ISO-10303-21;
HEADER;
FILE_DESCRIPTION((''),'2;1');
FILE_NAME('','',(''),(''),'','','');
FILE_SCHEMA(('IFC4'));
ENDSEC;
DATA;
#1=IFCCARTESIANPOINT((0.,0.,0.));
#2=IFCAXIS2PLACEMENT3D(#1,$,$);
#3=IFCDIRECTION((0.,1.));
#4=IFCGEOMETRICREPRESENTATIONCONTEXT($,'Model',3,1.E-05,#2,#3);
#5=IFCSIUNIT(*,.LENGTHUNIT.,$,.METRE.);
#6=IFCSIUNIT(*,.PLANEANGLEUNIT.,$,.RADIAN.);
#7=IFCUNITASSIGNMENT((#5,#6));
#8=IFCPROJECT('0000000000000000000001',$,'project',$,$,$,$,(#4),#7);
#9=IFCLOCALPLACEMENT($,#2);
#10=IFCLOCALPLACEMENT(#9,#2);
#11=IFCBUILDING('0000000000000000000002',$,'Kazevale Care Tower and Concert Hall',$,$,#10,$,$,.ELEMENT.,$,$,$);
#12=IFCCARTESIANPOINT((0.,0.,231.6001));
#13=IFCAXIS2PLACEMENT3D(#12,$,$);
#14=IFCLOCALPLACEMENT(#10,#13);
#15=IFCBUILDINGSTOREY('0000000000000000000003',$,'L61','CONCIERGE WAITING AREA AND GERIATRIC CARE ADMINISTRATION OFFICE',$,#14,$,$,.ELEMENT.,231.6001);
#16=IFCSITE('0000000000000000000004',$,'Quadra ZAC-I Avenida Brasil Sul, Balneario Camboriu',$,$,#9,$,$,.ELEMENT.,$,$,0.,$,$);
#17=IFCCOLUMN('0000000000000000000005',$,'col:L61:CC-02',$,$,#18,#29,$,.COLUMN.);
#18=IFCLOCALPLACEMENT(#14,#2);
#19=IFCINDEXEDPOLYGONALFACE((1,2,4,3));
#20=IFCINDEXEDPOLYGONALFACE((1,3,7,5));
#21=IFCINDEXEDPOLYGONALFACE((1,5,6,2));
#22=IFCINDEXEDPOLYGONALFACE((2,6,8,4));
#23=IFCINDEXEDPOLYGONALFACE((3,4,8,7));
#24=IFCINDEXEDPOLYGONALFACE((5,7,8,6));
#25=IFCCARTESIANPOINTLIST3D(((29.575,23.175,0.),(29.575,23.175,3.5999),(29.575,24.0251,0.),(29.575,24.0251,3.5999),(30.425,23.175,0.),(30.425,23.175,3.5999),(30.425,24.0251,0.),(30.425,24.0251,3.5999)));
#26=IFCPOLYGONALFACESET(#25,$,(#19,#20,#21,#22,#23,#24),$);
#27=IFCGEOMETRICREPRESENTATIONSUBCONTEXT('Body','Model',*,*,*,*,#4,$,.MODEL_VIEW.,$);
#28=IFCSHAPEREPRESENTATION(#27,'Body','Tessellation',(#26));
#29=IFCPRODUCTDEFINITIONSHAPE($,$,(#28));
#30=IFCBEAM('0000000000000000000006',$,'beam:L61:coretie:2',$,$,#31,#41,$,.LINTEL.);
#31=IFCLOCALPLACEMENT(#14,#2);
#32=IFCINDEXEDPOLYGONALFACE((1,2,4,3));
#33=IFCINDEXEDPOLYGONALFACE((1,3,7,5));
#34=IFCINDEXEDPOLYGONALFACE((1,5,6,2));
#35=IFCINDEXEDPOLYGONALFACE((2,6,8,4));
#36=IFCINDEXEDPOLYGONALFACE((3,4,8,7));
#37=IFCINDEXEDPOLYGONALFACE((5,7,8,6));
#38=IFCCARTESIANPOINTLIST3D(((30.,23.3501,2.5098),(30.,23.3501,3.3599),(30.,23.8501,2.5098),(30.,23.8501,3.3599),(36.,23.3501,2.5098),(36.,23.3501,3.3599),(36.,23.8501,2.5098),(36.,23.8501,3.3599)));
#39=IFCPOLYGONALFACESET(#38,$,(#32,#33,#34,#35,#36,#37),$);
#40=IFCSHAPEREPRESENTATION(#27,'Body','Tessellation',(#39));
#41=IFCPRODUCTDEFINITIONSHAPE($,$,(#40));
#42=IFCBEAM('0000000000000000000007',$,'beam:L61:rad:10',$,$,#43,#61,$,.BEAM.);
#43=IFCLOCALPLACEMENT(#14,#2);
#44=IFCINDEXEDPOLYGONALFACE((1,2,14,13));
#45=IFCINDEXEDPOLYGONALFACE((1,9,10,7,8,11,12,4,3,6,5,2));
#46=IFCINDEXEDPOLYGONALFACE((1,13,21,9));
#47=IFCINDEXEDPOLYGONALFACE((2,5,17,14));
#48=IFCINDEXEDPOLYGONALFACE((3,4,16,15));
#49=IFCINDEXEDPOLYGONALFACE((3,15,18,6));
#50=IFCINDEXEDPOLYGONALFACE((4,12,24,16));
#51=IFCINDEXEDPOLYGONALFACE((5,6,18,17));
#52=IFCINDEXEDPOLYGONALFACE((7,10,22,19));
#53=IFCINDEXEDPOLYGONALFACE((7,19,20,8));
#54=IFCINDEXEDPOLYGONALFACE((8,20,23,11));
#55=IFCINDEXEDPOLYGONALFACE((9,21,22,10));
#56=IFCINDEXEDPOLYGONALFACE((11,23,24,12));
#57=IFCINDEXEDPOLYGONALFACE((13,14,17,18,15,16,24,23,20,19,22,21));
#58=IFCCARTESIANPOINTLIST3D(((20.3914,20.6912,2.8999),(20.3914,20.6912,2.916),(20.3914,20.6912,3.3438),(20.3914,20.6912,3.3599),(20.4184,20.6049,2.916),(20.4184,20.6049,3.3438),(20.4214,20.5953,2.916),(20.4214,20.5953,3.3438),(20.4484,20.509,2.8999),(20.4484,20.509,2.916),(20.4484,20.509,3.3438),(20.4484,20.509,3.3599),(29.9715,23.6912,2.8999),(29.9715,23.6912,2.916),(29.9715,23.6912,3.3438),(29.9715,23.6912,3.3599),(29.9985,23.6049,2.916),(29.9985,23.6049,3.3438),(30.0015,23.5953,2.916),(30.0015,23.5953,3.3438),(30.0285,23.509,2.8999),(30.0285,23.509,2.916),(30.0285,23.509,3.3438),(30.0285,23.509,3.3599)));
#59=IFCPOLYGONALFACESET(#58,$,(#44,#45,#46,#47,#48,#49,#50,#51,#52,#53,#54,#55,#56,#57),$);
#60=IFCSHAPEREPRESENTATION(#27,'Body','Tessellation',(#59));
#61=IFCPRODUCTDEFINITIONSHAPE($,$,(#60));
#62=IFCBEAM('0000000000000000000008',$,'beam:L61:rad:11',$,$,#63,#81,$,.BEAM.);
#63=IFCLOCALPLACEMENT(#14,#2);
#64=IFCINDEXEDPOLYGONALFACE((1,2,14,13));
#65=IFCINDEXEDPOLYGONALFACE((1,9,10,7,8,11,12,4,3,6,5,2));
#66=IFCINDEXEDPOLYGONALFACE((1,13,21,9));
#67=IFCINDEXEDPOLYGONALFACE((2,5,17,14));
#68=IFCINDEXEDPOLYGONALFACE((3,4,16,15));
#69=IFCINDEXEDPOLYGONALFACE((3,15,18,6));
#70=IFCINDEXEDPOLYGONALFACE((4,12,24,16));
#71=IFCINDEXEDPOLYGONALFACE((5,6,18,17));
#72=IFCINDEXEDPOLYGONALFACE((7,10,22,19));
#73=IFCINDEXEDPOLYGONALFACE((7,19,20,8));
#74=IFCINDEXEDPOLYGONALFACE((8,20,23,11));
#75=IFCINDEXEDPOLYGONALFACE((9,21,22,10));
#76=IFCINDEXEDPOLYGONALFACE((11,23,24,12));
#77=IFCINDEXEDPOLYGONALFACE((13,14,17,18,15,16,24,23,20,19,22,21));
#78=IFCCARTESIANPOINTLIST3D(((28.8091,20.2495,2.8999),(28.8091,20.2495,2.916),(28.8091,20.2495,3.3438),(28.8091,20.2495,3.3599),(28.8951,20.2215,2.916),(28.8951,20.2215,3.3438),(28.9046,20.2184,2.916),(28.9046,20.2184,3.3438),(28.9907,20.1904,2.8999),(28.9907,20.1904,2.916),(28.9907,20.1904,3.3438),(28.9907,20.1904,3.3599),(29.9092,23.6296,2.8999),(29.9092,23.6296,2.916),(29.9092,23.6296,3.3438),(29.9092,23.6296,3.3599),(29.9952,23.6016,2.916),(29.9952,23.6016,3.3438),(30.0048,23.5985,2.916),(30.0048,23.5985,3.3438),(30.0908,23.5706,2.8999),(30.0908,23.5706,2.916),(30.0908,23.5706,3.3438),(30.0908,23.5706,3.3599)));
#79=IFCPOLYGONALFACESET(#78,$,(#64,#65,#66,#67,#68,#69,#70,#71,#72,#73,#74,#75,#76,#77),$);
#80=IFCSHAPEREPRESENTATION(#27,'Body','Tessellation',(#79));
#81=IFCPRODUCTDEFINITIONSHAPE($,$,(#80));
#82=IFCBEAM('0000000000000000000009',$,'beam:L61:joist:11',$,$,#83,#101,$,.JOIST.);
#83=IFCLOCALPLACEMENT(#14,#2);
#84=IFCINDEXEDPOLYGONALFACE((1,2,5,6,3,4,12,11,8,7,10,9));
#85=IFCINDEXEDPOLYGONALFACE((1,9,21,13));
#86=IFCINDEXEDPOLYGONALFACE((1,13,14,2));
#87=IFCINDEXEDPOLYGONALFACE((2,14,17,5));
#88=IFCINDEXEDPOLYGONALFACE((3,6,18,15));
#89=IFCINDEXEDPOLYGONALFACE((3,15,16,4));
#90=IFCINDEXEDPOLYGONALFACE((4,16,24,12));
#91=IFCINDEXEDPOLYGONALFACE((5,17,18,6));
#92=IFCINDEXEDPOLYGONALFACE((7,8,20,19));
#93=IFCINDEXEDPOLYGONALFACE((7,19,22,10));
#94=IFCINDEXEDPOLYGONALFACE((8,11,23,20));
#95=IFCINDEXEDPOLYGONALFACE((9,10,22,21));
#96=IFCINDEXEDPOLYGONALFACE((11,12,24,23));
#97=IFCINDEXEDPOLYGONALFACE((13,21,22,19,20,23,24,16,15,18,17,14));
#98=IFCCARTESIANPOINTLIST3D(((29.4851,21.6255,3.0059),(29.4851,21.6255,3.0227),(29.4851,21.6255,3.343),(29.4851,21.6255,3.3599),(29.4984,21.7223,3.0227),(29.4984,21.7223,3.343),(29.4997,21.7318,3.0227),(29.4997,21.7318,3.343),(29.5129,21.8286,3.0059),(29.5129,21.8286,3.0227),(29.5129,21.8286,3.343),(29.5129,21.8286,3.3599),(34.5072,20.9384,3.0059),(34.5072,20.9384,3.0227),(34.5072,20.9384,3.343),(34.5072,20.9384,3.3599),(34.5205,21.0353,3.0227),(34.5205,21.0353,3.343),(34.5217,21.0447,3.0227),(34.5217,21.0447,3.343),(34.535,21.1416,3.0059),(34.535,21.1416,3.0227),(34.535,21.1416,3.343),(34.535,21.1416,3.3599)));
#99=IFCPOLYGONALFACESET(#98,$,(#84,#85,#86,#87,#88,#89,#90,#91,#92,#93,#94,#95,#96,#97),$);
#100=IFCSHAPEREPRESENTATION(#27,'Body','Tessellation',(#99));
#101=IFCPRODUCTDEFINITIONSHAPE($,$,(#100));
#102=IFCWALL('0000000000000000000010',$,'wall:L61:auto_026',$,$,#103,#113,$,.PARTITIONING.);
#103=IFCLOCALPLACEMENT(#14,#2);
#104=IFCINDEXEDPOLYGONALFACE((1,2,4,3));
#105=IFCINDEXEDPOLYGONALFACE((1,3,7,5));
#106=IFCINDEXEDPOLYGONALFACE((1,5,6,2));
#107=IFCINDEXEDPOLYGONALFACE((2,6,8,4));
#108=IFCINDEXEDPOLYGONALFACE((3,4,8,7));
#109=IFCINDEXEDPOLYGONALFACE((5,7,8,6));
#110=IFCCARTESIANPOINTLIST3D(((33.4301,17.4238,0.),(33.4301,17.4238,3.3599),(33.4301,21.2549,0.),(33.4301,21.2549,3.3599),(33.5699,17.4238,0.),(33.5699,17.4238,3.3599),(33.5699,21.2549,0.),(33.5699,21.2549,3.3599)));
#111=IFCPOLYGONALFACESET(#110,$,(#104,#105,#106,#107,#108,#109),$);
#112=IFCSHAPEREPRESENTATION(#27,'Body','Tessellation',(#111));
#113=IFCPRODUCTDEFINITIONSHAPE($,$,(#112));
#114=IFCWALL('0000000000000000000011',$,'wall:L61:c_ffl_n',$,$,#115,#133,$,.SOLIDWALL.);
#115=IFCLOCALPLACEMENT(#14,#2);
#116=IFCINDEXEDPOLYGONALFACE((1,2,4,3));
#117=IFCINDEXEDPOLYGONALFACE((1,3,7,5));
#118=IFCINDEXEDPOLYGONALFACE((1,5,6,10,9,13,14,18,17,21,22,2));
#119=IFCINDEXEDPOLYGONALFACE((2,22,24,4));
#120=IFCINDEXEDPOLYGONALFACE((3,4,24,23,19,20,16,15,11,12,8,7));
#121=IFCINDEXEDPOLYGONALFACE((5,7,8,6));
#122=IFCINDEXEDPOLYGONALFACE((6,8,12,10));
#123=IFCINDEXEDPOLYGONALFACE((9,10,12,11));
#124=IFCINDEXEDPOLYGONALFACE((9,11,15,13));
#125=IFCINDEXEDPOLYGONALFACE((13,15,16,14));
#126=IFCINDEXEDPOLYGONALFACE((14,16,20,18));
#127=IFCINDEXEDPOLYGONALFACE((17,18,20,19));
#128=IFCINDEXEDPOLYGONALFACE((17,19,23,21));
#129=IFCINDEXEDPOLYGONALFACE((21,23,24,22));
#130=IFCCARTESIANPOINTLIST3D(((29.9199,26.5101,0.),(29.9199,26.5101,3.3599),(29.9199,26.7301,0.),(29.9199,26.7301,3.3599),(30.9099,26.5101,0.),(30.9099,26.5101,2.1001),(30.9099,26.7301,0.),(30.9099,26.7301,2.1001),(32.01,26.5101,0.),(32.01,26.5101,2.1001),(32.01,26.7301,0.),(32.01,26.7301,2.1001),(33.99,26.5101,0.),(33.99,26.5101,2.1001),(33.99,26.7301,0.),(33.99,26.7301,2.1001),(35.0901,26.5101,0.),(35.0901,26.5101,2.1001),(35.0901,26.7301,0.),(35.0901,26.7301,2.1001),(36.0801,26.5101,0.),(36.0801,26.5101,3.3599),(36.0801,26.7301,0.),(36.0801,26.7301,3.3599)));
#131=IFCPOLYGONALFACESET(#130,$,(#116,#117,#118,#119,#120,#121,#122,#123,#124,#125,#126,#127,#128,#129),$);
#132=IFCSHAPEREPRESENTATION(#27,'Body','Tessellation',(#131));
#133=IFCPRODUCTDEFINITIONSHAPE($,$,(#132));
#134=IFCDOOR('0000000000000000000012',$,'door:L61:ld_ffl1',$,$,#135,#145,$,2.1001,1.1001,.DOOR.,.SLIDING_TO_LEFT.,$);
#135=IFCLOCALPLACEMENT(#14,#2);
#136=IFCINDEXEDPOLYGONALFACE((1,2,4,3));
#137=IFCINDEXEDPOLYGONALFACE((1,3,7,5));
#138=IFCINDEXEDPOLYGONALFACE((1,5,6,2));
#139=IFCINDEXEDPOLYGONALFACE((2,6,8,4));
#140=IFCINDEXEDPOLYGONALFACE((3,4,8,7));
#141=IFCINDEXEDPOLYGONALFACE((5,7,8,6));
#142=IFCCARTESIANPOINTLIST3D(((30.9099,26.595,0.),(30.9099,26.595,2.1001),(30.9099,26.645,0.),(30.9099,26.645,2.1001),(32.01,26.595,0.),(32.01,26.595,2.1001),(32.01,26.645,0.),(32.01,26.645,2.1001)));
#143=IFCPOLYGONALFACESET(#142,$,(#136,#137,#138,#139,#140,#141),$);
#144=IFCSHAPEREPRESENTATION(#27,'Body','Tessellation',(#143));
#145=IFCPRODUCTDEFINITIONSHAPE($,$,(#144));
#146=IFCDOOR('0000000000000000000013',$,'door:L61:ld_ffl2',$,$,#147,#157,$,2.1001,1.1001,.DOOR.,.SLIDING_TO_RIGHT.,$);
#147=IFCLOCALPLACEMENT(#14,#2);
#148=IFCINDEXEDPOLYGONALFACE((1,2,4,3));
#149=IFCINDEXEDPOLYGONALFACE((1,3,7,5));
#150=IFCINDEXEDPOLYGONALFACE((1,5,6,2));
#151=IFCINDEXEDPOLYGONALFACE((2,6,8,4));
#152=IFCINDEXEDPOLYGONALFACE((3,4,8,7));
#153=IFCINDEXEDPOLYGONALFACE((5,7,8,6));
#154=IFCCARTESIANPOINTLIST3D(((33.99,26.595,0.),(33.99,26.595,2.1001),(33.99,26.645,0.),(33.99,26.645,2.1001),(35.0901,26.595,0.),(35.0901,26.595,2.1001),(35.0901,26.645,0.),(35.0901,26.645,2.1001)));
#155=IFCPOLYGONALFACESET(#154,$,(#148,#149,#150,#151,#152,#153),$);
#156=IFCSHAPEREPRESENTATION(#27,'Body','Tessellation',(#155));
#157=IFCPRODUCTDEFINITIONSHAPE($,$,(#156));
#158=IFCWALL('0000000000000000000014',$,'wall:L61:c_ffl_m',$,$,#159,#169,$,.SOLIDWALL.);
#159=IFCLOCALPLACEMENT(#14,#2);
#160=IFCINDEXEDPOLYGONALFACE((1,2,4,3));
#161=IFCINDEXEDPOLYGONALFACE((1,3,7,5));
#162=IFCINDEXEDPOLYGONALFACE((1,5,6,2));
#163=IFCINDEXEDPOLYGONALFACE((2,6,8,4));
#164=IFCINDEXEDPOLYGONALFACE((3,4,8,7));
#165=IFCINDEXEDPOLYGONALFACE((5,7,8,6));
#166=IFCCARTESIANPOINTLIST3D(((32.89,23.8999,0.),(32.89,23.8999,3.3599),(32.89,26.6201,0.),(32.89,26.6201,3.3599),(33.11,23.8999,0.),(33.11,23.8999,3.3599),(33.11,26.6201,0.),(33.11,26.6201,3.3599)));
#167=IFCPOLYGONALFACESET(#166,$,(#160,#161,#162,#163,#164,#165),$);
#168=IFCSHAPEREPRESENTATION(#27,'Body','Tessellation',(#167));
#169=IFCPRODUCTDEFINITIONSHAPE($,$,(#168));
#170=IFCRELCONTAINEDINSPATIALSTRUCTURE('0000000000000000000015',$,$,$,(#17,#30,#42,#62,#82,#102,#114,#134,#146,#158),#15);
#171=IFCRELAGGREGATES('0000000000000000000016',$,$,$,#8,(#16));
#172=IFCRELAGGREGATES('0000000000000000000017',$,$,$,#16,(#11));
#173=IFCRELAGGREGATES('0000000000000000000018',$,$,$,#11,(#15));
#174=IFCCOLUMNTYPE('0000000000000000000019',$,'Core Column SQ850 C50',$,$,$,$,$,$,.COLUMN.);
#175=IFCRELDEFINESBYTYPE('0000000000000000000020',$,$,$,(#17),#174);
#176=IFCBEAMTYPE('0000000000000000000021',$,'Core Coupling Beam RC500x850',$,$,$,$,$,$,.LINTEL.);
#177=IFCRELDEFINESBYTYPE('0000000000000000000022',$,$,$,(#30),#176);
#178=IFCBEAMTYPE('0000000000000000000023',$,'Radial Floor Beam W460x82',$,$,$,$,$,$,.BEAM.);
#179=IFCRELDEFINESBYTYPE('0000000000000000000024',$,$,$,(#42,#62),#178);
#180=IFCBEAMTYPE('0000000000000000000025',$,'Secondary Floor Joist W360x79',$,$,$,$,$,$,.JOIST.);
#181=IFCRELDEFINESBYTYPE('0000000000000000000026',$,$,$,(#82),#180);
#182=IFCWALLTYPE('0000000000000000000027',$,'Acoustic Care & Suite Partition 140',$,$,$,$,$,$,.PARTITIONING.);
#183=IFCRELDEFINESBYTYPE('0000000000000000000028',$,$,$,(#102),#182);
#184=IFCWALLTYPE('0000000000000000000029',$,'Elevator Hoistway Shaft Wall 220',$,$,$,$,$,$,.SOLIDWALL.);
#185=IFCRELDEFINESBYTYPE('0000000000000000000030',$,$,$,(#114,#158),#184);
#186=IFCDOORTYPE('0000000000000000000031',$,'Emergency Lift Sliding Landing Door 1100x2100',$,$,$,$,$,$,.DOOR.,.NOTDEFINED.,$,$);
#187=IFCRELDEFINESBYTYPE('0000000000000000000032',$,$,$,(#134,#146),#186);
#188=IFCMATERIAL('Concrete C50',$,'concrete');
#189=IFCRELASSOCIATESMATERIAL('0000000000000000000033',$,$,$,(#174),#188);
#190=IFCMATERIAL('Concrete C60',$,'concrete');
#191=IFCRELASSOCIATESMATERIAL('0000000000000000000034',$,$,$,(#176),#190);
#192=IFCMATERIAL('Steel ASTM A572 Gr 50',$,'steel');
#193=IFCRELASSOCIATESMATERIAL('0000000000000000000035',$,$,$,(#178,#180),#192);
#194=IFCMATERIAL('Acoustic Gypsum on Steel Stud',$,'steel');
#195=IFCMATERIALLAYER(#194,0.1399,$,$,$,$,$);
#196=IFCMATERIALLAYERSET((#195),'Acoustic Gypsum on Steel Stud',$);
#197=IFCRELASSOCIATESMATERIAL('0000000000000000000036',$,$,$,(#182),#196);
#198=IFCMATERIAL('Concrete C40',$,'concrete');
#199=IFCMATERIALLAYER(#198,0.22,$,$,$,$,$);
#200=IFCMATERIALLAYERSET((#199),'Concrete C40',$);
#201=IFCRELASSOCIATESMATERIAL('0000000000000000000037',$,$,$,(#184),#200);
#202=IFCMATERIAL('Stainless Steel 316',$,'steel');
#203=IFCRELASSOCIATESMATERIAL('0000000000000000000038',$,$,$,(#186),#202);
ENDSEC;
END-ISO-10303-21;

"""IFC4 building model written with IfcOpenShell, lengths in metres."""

from ifc_helpers import new_model, si_unit, direction, frame, frame_2d, origin, origin_2d, place, context, subcontext, project, spatial, rectangle, i_section, extrude, material, layer, layer_set, material_profile, profile_set, type_object, element, fill, save


model = new_model("IFC4")

# Units and contexts
model_context = context("Model", 3, precision=1e-05, world=origin(), true_north=direction((0.0, 1.0)))
body_context = subcontext(model_context, "Body", "Model", "MODEL_VIEW")
ifc_project = project(units=[si_unit("LENGTHUNIT", "METRE"), si_unit("PLANEANGLEUNIT", "RADIAN")], contexts=[model_context])

# Site, building, storey
site_placement = place(None, origin())
site = spatial("IfcSite", under=ifc_project, at=site_placement, Name="Quadra ZAC-I Avenida Brasil Sul, Balneario Camboriu", CompositionType="ELEMENT", RefElevation=0.0)
building_placement = place(site_placement, origin())
building = spatial("IfcBuilding", under=site, at=building_placement, Name="Kazevale Care Tower and Concert Hall", CompositionType="ELEMENT")
storey_placement = place(building_placement, frame((0.0, 0.0, 231.6001)))
storey = spatial("IfcBuildingStorey", under=building, at=storey_placement, Name="L61", Description="CONCIERGE WAITING AREA AND GERIATRIC CARE ADMINISTRATION OFFICE", CompositionType="ELEMENT", Elevation=231.6001)

# Column
ifc_material_1 = material(Name="Concrete C50", Category="concrete")
ifc_material_profile_1 = material_profile(ifc_material_1, rectangle(XDim=0.8501, YDim=0.8501, at=origin_2d()), Name="RC-SQ850")
ifc_profile_set_1 = profile_set([ifc_material_profile_1], Name="Concrete C50")
column_type = type_object("IfcColumnType", Name="Core Column SQ850 C50", PredefinedType="COLUMN", material=ifc_profile_set_1)
column_placement = place(storey_placement, frame((30.0, 23.6001, 0.0), z_axis=(0.0, 0.0, 1.0), x_axis=(1.0, 0.0, 0.0)))
element("IfcColumn", 1, at=column_placement, inside=storey, type_object=column_type, Name="col:L61:CC-02", PredefinedType="COLUMN", context=body_context, shape_type="SweptSolid", body=[
    extrude(rectangle(XDim=0.8501, YDim=0.8501, at=origin_2d()), origin(), (0.0, 0.0, 1.0), 3.5999),
])

# Beams
ifc_material_2 = material(Name="Concrete C60", Category="concrete")
ifc_material_profile_2 = material_profile(ifc_material_2, rectangle(XDim=0.5, YDim=0.8501, at=origin_2d()), Name="RC-B500x850")
ifc_profile_set_2 = profile_set([ifc_material_profile_2], Name="Concrete C60")
beam_type_1 = type_object("IfcBeamType", Name="Core Coupling Beam RC500x850", PredefinedType="LINTEL", material=ifc_profile_set_2)
beam_1_placement = place(storey_placement, frame((30.0, 23.6001, 2.9348), z_axis=(1.0, 0.0, 0.0), x_axis=(0.0, 1.0, 0.0)))
element("IfcBeam", 2, at=beam_1_placement, inside=storey, type_object=beam_type_1, Name="beam:L61:coretie:2", PredefinedType="LINTEL", context=body_context, shape_type="SweptSolid", body=[
    extrude(rectangle(XDim=0.5, YDim=0.8501, at=origin_2d()), origin(), (0.0, 0.0, 1.0), 6.0),
])
ifc_material_3 = material(Name="Steel ASTM A572 Gr 50", Category="steel")
ifc_material_profile_3 = material_profile(ifc_material_3, i_section(OverallWidth=0.1909, OverallDepth=0.46, WebThickness=0.01, FlangeThickness=0.0161, at=origin_2d()), Name="W460x82")
ifc_profile_set_3 = profile_set([ifc_material_profile_3], Name="Steel ASTM A572 Gr 50")
beam_type_2 = type_object("IfcBeamType", Name="Radial Floor Beam W460x82", PredefinedType="BEAM", material=ifc_profile_set_3)
beam_2_placement = place(storey_placement, frame((30.0, 23.6001, 3.1299), z_axis=(-0.954303, -0.29884, 0.0), x_axis=(0.29884, -0.954303, 0.0)))
element("IfcBeam", 3, at=beam_2_placement, inside=storey, type_object=beam_type_2, Name="beam:L61:rad:10", PredefinedType="BEAM", context=body_context, shape_type="SweptSolid", body=[
    extrude(i_section(OverallWidth=0.1909, OverallDepth=0.46, WebThickness=0.01, FlangeThickness=0.0161, at=origin_2d()), origin(), (0.0, 0.0, 1.0), 10.0388),
])
beam_3_placement = place(storey_placement, frame((30.0, 23.6001, 3.1299), z_axis=(-0.309482, -0.950905, 0.0), x_axis=(0.950905, -0.309482, 0.0)))
element("IfcBeam", 4, at=beam_3_placement, inside=storey, type_object=beam_type_2, Name="beam:L61:rad:11", PredefinedType="BEAM", context=body_context, shape_type="SweptSolid", body=[
    extrude(i_section(OverallWidth=0.1909, OverallDepth=0.46, WebThickness=0.01, FlangeThickness=0.0161, at=origin_2d()), origin(), (0.0, 0.0, 1.0), 3.5547),
])
ifc_material_profile_4 = material_profile(ifc_material_3, i_section(OverallWidth=0.2051, OverallDepth=0.354, WebThickness=0.0095, FlangeThickness=0.0168, at=origin_2d()), Name="W360x79")
ifc_profile_set_4 = profile_set([ifc_material_profile_4], Name="Steel ASTM A572 Gr 50")
beam_type_3 = type_object("IfcBeamType", Name="Secondary Floor Joist W360x79", PredefinedType="JOIST", material=ifc_profile_set_4)
beam_4_placement = place(storey_placement, frame((29.499, 21.7271, 3.1829), z_axis=(0.990772, -0.135539, 0.0), x_axis=(0.135539, 0.990772, 0.0)))
element("IfcBeam", 5, at=beam_4_placement, inside=storey, type_object=beam_type_3, Name="beam:L61:joist:11", PredefinedType="JOIST", context=body_context, shape_type="SweptSolid", body=[
    extrude(i_section(OverallWidth=0.2051, OverallDepth=0.354, WebThickness=0.0095, FlangeThickness=0.0168, at=origin_2d()), origin(), (0.0, 0.0, 1.0), 5.0688),
])

# Wall
ifc_material_4 = material(Name="Acoustic Gypsum on Steel Stud", Category="steel")
ifc_layer_1 = layer(ifc_material_4, 0.1399)
ifc_layer_set_1 = layer_set([ifc_layer_1], Name="Acoustic Gypsum on Steel Stud")
wall_type_1 = type_object("IfcWallType", Name="Acoustic Care & Suite Partition 140", PredefinedType="PARTITIONING", material=ifc_layer_set_1)
wall_1_placement = place(storey_placement, frame((33.5, 21.2549, 0.0), z_axis=(0.0, 0.0, 1.0), x_axis=(0.0, -1.0, 0.0)))
element("IfcWall", 6, at=wall_1_placement, inside=storey, type_object=wall_type_1, Name="wall:L61:auto_026", PredefinedType="PARTITIONING", context=body_context, shape_type="SweptSolid", body=[
    extrude(rectangle(XDim=3.8311, YDim=0.1399, at=frame_2d((1.9155, 0.0))), origin(), (0.0, 0.0, 1.0), 3.3599),
])

# Wall, openings, doors
ifc_material_5 = material(Name="Concrete C40", Category="concrete")
ifc_layer_2 = layer(ifc_material_5, 0.22)
ifc_layer_set_2 = layer_set([ifc_layer_2], Name="Concrete C40")
wall_type_2 = type_object("IfcWallType", Name="Elevator Hoistway Shaft Wall 220", PredefinedType="SOLIDWALL", material=ifc_layer_set_2)
wall_2_placement = place(storey_placement, frame((29.9199, 26.6201, 0.0), z_axis=(0.0, 0.0, 1.0), x_axis=(1.0, 0.0, 0.0)))
wall_2 = element("IfcWall", 7, at=wall_2_placement, inside=storey, type_object=wall_type_2, Name="wall:L61:c_ffl_n", PredefinedType="SOLIDWALL", context=body_context, shape_type="SweptSolid", body=[
    extrude(rectangle(XDim=6.1602, YDim=0.22, at=frame_2d((3.0801, 0.0))), origin(), (0.0, 0.0, 1.0), 3.3599),
])
opening_1_placement = place(wall_2_placement, frame((0.99, 0.0, 0.0)))
opening_1 = element("IfcOpeningElement", 8, at=opening_1_placement, cuts=wall_2, PredefinedType="OPENING", context=body_context, shape_type="SweptSolid", body=[
    extrude(rectangle(XDim=1.1001, YDim=2.1001, at=frame_2d((0.55, 1.05))), frame((0.0, 0.1199, 0.0), z_axis=(0.0, -1.0, 0.0), x_axis=(1.0, 0.0, 0.0)), (0.0, 0.0, 1.0), 0.24),
])
opening_2_placement = place(wall_2_placement, frame((4.0701, 0.0, 0.0)))
opening_2 = element("IfcOpeningElement", 9, at=opening_2_placement, cuts=wall_2, PredefinedType="OPENING", context=body_context, shape_type="SweptSolid", body=[
    extrude(rectangle(XDim=1.1001, YDim=2.1001, at=frame_2d((0.55, 1.05))), frame((0.0, 0.1199, 0.0), z_axis=(0.0, -1.0, 0.0), x_axis=(1.0, 0.0, 0.0)), (0.0, 0.0, 1.0), 0.24),
])
ifc_material_6 = material(Name="Stainless Steel 316", Category="steel")
door_type_1 = type_object("IfcDoorType", Name="Emergency Lift Sliding Landing Door 1100x2100", OperationType="NOTDEFINED", PredefinedType="DOOR", material=ifc_material_6)
door_1_placement = place(opening_1_placement, origin())
door_1 = element("IfcDoor", 10, at=door_1_placement, inside=storey, type_object=door_type_1, Name="door:L61:ld_ffl1", OperationType="SLIDING_TO_LEFT", OverallHeight=2.1001, OverallWidth=1.1001, PredefinedType="DOOR", context=body_context, shape_type="SweptSolid", body=[
    extrude(rectangle(XDim=1.1001, YDim=2.1001, at=frame_2d((0.55, 1.05))), frame((0.0, 0.0249, 0.0), z_axis=(0.0, -1.0, 0.0), x_axis=(1.0, 0.0, 0.0)), (0.0, 0.0, 1.0), 0.05),
])
fill(opening_1, door_1)
door_2_placement = place(opening_2_placement, origin())
door_2 = element("IfcDoor", 11, at=door_2_placement, inside=storey, type_object=door_type_1, Name="door:L61:ld_ffl2", OperationType="SLIDING_TO_RIGHT", OverallHeight=2.1001, OverallWidth=1.1001, PredefinedType="DOOR", context=body_context, shape_type="SweptSolid", body=[
    extrude(rectangle(XDim=1.1001, YDim=2.1001, at=frame_2d((0.55, 1.05))), frame((0.0, 0.0249, 0.0), z_axis=(0.0, -1.0, 0.0), x_axis=(1.0, 0.0, 0.0)), (0.0, 0.0, 1.0), 0.05),
])
fill(opening_2, door_2)

# Wall
wall_3_placement = place(storey_placement, frame((33.0, 23.8999, 0.0), z_axis=(0.0, 0.0, 1.0), x_axis=(0.0, 1.0, 0.0)))
element("IfcWall", 12, at=wall_3_placement, inside=storey, type_object=wall_type_2, Name="wall:L61:c_ffl_m", PredefinedType="SOLIDWALL", context=body_context, shape_type="SweptSolid", body=[
    extrude(rectangle(XDim=2.7202, YDim=0.22, at=frame_2d((1.3601, 0.0))), origin(), (0.0, 0.0, 1.0), 3.3599),
])

save(model, "model.ifc")
